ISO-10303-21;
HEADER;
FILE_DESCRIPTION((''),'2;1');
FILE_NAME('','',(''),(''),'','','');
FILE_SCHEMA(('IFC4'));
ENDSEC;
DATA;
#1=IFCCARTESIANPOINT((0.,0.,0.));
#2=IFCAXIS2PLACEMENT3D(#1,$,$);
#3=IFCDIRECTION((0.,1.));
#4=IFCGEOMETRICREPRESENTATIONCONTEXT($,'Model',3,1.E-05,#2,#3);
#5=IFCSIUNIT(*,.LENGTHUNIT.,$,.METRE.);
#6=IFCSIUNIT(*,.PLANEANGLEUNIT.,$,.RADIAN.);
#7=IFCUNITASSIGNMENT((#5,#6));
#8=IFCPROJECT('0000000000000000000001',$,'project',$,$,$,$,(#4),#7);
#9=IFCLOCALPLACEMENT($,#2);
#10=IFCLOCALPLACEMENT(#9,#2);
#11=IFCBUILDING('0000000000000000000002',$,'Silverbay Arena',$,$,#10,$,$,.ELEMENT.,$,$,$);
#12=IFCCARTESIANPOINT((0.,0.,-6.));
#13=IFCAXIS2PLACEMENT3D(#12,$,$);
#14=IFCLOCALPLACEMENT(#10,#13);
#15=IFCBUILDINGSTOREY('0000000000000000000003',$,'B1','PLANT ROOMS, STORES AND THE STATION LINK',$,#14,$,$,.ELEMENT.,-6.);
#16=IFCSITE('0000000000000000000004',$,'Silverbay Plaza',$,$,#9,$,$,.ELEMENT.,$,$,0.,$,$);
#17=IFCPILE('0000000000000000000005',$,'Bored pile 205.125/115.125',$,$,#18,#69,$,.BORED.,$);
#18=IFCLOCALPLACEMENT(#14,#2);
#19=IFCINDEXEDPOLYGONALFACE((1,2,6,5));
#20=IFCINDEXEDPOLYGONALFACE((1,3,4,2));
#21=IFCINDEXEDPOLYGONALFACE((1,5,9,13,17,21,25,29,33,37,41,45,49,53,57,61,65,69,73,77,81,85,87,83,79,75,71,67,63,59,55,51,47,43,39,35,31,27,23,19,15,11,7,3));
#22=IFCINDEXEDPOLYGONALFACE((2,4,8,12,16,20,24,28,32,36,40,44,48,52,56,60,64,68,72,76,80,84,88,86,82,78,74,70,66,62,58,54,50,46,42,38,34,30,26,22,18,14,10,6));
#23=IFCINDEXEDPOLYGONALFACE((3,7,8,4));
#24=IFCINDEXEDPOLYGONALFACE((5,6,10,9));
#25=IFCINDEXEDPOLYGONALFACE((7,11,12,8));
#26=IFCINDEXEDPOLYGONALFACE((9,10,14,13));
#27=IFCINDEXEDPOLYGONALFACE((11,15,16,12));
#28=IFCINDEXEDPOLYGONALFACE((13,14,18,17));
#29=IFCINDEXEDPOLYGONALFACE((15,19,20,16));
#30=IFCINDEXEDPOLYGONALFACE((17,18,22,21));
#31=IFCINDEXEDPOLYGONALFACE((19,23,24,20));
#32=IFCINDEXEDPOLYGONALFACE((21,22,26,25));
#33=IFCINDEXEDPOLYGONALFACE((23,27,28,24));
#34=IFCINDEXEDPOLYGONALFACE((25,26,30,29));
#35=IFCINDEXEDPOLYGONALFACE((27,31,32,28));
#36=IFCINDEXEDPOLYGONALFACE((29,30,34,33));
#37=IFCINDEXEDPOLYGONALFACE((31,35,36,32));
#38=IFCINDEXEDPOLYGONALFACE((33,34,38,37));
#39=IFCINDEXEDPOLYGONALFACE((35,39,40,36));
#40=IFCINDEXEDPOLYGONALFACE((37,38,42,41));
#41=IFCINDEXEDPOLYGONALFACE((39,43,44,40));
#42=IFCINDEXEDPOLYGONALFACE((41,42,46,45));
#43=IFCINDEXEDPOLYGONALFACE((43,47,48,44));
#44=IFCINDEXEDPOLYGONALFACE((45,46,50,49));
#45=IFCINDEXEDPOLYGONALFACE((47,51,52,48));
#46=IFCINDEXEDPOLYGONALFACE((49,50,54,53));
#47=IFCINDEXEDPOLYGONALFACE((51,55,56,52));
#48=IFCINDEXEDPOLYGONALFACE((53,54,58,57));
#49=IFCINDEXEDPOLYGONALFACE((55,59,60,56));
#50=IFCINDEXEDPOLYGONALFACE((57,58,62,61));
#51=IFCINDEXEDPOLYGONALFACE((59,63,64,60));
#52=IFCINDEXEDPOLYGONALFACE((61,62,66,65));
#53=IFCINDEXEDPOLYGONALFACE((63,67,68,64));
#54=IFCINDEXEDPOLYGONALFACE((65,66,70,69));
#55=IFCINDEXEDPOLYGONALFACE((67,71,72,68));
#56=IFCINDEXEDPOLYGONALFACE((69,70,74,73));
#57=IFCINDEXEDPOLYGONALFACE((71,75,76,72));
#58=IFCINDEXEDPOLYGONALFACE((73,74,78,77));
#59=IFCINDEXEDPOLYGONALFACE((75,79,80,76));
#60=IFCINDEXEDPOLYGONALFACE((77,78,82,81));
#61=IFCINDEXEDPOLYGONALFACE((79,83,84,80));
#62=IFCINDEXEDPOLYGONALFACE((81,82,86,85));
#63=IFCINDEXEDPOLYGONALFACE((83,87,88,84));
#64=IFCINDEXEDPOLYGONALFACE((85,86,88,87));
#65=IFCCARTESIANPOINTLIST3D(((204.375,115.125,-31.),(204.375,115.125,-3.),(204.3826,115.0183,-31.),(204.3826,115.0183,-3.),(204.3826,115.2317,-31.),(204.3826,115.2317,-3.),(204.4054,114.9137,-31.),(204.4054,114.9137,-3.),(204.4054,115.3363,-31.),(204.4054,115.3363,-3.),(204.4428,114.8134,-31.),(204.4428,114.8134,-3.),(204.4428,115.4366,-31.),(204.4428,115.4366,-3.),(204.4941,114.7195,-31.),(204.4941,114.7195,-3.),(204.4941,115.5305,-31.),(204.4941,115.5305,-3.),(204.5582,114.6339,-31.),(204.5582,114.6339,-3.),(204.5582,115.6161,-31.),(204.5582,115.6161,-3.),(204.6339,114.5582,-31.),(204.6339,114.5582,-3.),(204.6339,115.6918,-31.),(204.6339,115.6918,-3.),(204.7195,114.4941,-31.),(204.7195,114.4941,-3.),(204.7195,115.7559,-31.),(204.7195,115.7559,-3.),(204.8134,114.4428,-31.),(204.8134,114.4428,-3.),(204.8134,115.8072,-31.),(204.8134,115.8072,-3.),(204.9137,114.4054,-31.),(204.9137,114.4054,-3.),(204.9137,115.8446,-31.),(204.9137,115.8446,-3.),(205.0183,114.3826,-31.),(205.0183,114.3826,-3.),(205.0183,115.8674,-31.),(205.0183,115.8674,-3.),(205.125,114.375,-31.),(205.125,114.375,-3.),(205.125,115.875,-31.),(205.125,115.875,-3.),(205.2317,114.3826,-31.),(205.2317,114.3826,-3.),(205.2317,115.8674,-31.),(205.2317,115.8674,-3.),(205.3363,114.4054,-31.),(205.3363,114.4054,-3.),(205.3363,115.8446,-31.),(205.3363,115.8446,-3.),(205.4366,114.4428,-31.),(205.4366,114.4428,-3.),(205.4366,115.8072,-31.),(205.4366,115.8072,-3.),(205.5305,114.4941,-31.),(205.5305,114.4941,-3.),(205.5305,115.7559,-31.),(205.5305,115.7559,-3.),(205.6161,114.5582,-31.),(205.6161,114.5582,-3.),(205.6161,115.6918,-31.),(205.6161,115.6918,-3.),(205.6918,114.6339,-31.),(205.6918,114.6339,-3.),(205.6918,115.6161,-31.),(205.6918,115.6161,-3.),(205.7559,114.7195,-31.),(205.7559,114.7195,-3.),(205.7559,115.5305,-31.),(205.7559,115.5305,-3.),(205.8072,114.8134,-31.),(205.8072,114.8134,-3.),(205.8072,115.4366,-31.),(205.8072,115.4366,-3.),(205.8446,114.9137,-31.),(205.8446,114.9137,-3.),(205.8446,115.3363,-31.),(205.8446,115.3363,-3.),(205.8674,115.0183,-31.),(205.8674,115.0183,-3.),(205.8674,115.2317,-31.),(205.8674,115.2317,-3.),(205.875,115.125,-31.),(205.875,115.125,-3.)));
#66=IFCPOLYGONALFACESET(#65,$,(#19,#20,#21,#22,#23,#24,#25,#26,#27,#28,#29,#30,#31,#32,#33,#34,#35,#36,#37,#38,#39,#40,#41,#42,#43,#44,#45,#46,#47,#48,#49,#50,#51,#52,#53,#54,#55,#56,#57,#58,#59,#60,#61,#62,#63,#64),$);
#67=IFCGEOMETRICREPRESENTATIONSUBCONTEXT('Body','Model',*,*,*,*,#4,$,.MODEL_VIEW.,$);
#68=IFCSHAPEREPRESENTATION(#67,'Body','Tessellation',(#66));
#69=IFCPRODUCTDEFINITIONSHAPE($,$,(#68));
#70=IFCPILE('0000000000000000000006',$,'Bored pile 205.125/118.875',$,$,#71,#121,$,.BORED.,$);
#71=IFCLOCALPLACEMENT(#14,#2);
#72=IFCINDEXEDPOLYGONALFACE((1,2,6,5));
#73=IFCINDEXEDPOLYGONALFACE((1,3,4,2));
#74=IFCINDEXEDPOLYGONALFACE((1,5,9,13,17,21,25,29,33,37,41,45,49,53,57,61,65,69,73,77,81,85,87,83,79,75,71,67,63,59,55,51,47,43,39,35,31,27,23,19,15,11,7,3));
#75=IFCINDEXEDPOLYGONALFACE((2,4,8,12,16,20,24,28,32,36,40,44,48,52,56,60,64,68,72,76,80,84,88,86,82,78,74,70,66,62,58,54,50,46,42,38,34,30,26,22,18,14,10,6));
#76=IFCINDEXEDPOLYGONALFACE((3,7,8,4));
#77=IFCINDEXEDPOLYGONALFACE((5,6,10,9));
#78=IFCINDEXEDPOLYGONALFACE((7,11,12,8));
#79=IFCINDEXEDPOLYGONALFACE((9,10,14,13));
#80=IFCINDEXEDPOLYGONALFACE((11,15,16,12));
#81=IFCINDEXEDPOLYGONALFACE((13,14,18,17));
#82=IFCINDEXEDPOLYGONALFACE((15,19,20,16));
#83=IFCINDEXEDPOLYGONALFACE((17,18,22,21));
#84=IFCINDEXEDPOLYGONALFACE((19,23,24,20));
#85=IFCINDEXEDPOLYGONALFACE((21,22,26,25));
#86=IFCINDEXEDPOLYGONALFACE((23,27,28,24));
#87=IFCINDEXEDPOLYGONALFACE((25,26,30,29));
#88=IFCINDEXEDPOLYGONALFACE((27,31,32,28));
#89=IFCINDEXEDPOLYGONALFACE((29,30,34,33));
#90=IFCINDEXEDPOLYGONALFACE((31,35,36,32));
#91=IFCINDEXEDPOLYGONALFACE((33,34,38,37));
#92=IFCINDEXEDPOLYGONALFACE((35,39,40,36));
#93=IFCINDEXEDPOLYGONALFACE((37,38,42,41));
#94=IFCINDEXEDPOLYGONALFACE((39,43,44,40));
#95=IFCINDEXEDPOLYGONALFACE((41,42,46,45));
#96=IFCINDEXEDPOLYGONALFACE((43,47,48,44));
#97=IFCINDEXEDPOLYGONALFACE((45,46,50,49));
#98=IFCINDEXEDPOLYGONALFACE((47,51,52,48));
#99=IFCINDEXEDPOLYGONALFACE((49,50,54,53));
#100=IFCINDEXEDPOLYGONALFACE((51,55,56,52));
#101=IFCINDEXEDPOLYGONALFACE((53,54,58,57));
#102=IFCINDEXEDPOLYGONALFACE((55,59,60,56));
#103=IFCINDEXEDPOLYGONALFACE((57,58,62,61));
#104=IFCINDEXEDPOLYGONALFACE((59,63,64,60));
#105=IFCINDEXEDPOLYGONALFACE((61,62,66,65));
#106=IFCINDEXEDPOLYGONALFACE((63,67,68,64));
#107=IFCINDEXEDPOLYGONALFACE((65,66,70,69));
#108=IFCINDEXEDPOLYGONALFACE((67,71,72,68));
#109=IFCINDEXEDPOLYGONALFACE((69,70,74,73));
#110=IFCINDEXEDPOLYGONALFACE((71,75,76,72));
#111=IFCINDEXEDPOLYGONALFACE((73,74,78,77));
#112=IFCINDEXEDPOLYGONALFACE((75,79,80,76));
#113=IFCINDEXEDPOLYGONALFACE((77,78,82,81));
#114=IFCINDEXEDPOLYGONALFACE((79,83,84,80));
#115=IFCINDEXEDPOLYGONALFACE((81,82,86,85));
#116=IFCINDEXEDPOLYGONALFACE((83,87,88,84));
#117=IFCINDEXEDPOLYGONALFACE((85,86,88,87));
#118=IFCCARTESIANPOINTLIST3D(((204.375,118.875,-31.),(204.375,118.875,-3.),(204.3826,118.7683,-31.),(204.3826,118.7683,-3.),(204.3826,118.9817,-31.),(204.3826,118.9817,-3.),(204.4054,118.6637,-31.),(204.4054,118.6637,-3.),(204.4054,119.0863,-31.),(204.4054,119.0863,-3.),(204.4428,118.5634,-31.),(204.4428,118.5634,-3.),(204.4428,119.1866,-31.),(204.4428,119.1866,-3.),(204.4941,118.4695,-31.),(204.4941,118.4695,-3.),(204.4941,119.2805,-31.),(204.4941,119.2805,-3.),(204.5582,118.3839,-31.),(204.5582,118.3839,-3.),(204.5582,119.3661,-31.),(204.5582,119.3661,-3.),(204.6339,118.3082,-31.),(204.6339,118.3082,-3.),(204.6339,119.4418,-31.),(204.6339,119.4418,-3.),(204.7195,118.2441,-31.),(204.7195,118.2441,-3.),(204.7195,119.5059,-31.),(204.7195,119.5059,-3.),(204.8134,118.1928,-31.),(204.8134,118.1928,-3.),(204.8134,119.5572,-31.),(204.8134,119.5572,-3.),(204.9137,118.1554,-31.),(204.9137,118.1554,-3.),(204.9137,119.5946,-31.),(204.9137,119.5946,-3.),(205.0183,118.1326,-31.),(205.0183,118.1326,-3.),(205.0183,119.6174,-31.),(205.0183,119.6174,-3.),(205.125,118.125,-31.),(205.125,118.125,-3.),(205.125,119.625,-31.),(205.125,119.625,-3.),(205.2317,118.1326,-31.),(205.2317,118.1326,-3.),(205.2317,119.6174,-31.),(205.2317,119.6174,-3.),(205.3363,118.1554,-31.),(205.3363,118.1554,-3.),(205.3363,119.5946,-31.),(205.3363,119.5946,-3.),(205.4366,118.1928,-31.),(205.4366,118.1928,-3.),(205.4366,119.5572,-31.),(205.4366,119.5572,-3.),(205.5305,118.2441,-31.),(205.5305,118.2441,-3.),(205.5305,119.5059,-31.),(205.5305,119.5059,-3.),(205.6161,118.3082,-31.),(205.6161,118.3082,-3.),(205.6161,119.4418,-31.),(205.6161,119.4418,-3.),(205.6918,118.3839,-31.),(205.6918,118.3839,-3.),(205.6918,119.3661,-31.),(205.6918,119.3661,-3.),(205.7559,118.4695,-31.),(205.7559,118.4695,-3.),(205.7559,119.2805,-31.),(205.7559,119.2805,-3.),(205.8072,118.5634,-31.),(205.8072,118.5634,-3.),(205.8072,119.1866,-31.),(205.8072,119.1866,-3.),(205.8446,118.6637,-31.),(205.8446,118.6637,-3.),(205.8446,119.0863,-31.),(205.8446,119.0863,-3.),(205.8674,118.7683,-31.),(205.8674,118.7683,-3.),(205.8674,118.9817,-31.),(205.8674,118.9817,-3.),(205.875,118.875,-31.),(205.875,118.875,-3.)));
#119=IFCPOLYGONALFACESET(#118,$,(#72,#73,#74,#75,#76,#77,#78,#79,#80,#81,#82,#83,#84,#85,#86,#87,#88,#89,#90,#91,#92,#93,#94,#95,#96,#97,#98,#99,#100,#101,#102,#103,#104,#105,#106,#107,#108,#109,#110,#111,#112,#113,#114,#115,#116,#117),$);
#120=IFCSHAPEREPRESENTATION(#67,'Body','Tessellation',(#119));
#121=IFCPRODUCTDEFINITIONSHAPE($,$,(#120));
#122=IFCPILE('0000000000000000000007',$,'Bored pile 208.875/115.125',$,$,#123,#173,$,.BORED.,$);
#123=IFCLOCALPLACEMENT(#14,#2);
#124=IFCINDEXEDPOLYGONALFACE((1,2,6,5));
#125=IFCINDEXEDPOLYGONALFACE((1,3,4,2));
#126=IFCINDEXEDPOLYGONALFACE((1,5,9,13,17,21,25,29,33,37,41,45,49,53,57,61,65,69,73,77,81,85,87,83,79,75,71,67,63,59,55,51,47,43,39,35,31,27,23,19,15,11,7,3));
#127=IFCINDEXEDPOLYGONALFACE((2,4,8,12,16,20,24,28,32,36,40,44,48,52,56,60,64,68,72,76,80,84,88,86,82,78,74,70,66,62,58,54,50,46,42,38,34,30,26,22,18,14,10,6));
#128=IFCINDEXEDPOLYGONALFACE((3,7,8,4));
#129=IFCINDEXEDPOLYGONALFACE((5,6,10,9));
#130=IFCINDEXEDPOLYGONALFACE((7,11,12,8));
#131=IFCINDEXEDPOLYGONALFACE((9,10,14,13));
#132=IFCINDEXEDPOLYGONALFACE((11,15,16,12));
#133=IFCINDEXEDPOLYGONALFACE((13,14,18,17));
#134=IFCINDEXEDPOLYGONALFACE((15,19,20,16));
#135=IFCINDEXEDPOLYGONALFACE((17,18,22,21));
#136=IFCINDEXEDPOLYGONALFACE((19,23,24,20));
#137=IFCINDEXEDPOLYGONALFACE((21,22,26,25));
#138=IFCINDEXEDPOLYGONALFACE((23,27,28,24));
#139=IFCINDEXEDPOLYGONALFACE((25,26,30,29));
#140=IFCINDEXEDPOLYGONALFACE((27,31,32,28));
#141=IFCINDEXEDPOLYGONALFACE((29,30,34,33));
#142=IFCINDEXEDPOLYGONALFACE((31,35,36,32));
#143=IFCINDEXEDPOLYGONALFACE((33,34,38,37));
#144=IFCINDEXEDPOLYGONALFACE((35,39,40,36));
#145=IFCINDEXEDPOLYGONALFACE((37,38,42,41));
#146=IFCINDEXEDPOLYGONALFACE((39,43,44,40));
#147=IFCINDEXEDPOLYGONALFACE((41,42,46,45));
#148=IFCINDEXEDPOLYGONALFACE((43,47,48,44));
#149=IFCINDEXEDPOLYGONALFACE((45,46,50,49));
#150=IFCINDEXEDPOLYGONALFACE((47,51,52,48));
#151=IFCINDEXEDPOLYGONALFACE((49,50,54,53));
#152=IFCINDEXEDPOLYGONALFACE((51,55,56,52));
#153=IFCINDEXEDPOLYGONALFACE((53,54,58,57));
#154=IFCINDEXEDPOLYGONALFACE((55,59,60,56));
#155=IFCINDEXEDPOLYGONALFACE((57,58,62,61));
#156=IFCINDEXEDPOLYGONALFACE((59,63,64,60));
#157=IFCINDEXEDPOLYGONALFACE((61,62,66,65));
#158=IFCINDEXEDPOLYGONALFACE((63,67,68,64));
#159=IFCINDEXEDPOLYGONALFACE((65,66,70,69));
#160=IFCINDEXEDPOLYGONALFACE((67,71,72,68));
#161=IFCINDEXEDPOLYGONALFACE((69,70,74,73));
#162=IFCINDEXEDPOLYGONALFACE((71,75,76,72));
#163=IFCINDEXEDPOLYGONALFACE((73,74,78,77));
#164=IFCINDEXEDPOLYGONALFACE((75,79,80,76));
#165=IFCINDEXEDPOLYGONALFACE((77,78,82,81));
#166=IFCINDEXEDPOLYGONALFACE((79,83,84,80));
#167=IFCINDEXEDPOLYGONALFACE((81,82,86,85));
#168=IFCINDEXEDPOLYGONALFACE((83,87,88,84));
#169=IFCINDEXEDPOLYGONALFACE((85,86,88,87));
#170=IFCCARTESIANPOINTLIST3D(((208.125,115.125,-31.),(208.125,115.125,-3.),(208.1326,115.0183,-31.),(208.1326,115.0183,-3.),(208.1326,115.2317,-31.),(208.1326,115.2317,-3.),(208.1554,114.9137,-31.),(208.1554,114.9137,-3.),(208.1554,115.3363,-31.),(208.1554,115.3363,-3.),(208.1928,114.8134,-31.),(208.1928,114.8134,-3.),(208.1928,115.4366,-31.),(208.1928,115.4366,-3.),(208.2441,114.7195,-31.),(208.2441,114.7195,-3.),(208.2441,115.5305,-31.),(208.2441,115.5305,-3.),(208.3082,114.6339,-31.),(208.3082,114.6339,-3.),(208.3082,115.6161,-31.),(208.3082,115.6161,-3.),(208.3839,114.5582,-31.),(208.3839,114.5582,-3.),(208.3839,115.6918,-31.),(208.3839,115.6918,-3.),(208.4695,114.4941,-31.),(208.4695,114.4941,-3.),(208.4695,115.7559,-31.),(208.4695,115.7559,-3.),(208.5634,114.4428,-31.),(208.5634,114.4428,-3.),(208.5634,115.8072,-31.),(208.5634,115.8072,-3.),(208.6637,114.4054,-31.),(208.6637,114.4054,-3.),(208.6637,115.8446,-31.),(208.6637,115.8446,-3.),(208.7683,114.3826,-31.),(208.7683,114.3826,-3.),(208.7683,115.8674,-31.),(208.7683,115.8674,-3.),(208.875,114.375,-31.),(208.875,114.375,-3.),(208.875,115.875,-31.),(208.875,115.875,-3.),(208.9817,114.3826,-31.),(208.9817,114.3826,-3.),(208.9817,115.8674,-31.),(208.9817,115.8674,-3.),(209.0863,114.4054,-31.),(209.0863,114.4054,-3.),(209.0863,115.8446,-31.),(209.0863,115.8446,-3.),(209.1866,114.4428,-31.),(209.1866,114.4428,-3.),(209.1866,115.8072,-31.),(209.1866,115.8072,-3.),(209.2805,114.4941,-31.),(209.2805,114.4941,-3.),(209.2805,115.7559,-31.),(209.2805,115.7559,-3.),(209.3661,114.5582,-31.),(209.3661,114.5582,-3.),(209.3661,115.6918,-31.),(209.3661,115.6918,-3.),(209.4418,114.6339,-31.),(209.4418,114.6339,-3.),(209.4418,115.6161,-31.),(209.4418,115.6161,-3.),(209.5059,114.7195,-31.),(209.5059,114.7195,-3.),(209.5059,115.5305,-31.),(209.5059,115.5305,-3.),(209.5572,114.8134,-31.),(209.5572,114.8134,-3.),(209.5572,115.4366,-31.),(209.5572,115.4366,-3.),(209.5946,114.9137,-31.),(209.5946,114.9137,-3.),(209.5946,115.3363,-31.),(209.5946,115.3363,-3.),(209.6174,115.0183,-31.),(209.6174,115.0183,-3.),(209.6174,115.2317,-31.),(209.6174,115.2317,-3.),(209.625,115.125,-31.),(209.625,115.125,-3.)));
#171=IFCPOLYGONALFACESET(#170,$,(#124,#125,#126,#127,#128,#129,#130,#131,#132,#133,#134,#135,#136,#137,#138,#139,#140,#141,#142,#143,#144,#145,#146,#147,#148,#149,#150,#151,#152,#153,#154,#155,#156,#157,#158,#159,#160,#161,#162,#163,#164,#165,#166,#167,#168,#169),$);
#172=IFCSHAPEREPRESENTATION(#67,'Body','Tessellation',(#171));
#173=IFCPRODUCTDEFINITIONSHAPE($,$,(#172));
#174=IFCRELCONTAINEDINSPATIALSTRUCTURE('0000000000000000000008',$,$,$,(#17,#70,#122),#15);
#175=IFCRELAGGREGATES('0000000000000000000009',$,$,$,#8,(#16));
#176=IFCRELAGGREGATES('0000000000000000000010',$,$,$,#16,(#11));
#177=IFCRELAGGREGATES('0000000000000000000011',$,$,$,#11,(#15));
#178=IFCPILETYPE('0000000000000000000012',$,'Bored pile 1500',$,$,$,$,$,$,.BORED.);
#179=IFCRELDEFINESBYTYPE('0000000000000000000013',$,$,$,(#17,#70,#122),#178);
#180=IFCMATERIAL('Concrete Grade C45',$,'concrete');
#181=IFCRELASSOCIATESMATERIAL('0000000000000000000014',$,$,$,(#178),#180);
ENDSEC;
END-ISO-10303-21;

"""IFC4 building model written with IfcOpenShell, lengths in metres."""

from ifc_helpers import new_model, si_unit, direction, frame, origin, origin_2d, place, context, subcontext, project, spatial, circle, extrude, material, material_profile, profile_set, type_object, element, save


model = new_model("IFC4")

# Units and contexts
model_context = context("Model", 3, precision=1e-05, world=origin(), true_north=direction((0.0, 1.0)))
body_context = subcontext(model_context, "Body", "Model", "MODEL_VIEW")
ifc_project = project(units=[si_unit("LENGTHUNIT", "METRE"), si_unit("PLANEANGLEUNIT", "RADIAN")], contexts=[model_context])

# Site, building, storey
site_placement = place(None, origin())
site = spatial("IfcSite", under=ifc_project, at=site_placement, Name="Silverbay Plaza", CompositionType="ELEMENT", RefElevation=0.0)
building_placement = place(site_placement, origin())
building = spatial("IfcBuilding", under=site, at=building_placement, Name="Silverbay Arena", CompositionType="ELEMENT")
storey_placement = place(building_placement, frame((0.0, 0.0, -6.0)))
storey = spatial("IfcBuildingStorey", under=building, at=storey_placement, Name="B1", Description="PLANT ROOMS, STORES AND THE STATION LINK", CompositionType="ELEMENT", Elevation=-6.0)

# Piles
ifc_material_1 = material(Name="Concrete Grade C45", Category="concrete")
ifc_material_profile_1 = material_profile(ifc_material_1, circle(Radius=0.75, at=origin_2d()), Name="Bored pile 1500")
ifc_profile_set_1 = profile_set([ifc_material_profile_1], Name="Concrete Grade C45")
pile_type_1 = type_object("IfcPileType", Name="Bored pile 1500", PredefinedType="BORED", material=ifc_profile_set_1)
for number, where, z_axis, x_axis, name in (
    (1, (205.125, 115.125, -3.0), (0.0, 0.0, -1.0), (1.0, 0.0, 0.0), "Bored pile 205.125/115.125"),
    (2, (205.125, 118.875, -3.0), (0.0, 0.0, -1.0), (1.0, 0.0, 0.0), "Bored pile 205.125/118.875"),
    (3, (208.875, 115.125, -3.0), (0.0, 0.0, -1.0), (1.0, 0.0, 0.0), "Bored pile 208.875/115.125"),
):
    element("IfcPile", number, at=place(storey_placement, frame(where, z_axis=z_axis, x_axis=x_axis)), inside=storey, type_object=pile_type_1, Name=name, PredefinedType="BORED", context=body_context, shape_type="SweptSolid", body=[
        extrude(circle(Radius=0.75, at=origin_2d()), origin(), (0.0, 0.0, 1.0), 28.0),
    ])

save(model, "model.ifc")
